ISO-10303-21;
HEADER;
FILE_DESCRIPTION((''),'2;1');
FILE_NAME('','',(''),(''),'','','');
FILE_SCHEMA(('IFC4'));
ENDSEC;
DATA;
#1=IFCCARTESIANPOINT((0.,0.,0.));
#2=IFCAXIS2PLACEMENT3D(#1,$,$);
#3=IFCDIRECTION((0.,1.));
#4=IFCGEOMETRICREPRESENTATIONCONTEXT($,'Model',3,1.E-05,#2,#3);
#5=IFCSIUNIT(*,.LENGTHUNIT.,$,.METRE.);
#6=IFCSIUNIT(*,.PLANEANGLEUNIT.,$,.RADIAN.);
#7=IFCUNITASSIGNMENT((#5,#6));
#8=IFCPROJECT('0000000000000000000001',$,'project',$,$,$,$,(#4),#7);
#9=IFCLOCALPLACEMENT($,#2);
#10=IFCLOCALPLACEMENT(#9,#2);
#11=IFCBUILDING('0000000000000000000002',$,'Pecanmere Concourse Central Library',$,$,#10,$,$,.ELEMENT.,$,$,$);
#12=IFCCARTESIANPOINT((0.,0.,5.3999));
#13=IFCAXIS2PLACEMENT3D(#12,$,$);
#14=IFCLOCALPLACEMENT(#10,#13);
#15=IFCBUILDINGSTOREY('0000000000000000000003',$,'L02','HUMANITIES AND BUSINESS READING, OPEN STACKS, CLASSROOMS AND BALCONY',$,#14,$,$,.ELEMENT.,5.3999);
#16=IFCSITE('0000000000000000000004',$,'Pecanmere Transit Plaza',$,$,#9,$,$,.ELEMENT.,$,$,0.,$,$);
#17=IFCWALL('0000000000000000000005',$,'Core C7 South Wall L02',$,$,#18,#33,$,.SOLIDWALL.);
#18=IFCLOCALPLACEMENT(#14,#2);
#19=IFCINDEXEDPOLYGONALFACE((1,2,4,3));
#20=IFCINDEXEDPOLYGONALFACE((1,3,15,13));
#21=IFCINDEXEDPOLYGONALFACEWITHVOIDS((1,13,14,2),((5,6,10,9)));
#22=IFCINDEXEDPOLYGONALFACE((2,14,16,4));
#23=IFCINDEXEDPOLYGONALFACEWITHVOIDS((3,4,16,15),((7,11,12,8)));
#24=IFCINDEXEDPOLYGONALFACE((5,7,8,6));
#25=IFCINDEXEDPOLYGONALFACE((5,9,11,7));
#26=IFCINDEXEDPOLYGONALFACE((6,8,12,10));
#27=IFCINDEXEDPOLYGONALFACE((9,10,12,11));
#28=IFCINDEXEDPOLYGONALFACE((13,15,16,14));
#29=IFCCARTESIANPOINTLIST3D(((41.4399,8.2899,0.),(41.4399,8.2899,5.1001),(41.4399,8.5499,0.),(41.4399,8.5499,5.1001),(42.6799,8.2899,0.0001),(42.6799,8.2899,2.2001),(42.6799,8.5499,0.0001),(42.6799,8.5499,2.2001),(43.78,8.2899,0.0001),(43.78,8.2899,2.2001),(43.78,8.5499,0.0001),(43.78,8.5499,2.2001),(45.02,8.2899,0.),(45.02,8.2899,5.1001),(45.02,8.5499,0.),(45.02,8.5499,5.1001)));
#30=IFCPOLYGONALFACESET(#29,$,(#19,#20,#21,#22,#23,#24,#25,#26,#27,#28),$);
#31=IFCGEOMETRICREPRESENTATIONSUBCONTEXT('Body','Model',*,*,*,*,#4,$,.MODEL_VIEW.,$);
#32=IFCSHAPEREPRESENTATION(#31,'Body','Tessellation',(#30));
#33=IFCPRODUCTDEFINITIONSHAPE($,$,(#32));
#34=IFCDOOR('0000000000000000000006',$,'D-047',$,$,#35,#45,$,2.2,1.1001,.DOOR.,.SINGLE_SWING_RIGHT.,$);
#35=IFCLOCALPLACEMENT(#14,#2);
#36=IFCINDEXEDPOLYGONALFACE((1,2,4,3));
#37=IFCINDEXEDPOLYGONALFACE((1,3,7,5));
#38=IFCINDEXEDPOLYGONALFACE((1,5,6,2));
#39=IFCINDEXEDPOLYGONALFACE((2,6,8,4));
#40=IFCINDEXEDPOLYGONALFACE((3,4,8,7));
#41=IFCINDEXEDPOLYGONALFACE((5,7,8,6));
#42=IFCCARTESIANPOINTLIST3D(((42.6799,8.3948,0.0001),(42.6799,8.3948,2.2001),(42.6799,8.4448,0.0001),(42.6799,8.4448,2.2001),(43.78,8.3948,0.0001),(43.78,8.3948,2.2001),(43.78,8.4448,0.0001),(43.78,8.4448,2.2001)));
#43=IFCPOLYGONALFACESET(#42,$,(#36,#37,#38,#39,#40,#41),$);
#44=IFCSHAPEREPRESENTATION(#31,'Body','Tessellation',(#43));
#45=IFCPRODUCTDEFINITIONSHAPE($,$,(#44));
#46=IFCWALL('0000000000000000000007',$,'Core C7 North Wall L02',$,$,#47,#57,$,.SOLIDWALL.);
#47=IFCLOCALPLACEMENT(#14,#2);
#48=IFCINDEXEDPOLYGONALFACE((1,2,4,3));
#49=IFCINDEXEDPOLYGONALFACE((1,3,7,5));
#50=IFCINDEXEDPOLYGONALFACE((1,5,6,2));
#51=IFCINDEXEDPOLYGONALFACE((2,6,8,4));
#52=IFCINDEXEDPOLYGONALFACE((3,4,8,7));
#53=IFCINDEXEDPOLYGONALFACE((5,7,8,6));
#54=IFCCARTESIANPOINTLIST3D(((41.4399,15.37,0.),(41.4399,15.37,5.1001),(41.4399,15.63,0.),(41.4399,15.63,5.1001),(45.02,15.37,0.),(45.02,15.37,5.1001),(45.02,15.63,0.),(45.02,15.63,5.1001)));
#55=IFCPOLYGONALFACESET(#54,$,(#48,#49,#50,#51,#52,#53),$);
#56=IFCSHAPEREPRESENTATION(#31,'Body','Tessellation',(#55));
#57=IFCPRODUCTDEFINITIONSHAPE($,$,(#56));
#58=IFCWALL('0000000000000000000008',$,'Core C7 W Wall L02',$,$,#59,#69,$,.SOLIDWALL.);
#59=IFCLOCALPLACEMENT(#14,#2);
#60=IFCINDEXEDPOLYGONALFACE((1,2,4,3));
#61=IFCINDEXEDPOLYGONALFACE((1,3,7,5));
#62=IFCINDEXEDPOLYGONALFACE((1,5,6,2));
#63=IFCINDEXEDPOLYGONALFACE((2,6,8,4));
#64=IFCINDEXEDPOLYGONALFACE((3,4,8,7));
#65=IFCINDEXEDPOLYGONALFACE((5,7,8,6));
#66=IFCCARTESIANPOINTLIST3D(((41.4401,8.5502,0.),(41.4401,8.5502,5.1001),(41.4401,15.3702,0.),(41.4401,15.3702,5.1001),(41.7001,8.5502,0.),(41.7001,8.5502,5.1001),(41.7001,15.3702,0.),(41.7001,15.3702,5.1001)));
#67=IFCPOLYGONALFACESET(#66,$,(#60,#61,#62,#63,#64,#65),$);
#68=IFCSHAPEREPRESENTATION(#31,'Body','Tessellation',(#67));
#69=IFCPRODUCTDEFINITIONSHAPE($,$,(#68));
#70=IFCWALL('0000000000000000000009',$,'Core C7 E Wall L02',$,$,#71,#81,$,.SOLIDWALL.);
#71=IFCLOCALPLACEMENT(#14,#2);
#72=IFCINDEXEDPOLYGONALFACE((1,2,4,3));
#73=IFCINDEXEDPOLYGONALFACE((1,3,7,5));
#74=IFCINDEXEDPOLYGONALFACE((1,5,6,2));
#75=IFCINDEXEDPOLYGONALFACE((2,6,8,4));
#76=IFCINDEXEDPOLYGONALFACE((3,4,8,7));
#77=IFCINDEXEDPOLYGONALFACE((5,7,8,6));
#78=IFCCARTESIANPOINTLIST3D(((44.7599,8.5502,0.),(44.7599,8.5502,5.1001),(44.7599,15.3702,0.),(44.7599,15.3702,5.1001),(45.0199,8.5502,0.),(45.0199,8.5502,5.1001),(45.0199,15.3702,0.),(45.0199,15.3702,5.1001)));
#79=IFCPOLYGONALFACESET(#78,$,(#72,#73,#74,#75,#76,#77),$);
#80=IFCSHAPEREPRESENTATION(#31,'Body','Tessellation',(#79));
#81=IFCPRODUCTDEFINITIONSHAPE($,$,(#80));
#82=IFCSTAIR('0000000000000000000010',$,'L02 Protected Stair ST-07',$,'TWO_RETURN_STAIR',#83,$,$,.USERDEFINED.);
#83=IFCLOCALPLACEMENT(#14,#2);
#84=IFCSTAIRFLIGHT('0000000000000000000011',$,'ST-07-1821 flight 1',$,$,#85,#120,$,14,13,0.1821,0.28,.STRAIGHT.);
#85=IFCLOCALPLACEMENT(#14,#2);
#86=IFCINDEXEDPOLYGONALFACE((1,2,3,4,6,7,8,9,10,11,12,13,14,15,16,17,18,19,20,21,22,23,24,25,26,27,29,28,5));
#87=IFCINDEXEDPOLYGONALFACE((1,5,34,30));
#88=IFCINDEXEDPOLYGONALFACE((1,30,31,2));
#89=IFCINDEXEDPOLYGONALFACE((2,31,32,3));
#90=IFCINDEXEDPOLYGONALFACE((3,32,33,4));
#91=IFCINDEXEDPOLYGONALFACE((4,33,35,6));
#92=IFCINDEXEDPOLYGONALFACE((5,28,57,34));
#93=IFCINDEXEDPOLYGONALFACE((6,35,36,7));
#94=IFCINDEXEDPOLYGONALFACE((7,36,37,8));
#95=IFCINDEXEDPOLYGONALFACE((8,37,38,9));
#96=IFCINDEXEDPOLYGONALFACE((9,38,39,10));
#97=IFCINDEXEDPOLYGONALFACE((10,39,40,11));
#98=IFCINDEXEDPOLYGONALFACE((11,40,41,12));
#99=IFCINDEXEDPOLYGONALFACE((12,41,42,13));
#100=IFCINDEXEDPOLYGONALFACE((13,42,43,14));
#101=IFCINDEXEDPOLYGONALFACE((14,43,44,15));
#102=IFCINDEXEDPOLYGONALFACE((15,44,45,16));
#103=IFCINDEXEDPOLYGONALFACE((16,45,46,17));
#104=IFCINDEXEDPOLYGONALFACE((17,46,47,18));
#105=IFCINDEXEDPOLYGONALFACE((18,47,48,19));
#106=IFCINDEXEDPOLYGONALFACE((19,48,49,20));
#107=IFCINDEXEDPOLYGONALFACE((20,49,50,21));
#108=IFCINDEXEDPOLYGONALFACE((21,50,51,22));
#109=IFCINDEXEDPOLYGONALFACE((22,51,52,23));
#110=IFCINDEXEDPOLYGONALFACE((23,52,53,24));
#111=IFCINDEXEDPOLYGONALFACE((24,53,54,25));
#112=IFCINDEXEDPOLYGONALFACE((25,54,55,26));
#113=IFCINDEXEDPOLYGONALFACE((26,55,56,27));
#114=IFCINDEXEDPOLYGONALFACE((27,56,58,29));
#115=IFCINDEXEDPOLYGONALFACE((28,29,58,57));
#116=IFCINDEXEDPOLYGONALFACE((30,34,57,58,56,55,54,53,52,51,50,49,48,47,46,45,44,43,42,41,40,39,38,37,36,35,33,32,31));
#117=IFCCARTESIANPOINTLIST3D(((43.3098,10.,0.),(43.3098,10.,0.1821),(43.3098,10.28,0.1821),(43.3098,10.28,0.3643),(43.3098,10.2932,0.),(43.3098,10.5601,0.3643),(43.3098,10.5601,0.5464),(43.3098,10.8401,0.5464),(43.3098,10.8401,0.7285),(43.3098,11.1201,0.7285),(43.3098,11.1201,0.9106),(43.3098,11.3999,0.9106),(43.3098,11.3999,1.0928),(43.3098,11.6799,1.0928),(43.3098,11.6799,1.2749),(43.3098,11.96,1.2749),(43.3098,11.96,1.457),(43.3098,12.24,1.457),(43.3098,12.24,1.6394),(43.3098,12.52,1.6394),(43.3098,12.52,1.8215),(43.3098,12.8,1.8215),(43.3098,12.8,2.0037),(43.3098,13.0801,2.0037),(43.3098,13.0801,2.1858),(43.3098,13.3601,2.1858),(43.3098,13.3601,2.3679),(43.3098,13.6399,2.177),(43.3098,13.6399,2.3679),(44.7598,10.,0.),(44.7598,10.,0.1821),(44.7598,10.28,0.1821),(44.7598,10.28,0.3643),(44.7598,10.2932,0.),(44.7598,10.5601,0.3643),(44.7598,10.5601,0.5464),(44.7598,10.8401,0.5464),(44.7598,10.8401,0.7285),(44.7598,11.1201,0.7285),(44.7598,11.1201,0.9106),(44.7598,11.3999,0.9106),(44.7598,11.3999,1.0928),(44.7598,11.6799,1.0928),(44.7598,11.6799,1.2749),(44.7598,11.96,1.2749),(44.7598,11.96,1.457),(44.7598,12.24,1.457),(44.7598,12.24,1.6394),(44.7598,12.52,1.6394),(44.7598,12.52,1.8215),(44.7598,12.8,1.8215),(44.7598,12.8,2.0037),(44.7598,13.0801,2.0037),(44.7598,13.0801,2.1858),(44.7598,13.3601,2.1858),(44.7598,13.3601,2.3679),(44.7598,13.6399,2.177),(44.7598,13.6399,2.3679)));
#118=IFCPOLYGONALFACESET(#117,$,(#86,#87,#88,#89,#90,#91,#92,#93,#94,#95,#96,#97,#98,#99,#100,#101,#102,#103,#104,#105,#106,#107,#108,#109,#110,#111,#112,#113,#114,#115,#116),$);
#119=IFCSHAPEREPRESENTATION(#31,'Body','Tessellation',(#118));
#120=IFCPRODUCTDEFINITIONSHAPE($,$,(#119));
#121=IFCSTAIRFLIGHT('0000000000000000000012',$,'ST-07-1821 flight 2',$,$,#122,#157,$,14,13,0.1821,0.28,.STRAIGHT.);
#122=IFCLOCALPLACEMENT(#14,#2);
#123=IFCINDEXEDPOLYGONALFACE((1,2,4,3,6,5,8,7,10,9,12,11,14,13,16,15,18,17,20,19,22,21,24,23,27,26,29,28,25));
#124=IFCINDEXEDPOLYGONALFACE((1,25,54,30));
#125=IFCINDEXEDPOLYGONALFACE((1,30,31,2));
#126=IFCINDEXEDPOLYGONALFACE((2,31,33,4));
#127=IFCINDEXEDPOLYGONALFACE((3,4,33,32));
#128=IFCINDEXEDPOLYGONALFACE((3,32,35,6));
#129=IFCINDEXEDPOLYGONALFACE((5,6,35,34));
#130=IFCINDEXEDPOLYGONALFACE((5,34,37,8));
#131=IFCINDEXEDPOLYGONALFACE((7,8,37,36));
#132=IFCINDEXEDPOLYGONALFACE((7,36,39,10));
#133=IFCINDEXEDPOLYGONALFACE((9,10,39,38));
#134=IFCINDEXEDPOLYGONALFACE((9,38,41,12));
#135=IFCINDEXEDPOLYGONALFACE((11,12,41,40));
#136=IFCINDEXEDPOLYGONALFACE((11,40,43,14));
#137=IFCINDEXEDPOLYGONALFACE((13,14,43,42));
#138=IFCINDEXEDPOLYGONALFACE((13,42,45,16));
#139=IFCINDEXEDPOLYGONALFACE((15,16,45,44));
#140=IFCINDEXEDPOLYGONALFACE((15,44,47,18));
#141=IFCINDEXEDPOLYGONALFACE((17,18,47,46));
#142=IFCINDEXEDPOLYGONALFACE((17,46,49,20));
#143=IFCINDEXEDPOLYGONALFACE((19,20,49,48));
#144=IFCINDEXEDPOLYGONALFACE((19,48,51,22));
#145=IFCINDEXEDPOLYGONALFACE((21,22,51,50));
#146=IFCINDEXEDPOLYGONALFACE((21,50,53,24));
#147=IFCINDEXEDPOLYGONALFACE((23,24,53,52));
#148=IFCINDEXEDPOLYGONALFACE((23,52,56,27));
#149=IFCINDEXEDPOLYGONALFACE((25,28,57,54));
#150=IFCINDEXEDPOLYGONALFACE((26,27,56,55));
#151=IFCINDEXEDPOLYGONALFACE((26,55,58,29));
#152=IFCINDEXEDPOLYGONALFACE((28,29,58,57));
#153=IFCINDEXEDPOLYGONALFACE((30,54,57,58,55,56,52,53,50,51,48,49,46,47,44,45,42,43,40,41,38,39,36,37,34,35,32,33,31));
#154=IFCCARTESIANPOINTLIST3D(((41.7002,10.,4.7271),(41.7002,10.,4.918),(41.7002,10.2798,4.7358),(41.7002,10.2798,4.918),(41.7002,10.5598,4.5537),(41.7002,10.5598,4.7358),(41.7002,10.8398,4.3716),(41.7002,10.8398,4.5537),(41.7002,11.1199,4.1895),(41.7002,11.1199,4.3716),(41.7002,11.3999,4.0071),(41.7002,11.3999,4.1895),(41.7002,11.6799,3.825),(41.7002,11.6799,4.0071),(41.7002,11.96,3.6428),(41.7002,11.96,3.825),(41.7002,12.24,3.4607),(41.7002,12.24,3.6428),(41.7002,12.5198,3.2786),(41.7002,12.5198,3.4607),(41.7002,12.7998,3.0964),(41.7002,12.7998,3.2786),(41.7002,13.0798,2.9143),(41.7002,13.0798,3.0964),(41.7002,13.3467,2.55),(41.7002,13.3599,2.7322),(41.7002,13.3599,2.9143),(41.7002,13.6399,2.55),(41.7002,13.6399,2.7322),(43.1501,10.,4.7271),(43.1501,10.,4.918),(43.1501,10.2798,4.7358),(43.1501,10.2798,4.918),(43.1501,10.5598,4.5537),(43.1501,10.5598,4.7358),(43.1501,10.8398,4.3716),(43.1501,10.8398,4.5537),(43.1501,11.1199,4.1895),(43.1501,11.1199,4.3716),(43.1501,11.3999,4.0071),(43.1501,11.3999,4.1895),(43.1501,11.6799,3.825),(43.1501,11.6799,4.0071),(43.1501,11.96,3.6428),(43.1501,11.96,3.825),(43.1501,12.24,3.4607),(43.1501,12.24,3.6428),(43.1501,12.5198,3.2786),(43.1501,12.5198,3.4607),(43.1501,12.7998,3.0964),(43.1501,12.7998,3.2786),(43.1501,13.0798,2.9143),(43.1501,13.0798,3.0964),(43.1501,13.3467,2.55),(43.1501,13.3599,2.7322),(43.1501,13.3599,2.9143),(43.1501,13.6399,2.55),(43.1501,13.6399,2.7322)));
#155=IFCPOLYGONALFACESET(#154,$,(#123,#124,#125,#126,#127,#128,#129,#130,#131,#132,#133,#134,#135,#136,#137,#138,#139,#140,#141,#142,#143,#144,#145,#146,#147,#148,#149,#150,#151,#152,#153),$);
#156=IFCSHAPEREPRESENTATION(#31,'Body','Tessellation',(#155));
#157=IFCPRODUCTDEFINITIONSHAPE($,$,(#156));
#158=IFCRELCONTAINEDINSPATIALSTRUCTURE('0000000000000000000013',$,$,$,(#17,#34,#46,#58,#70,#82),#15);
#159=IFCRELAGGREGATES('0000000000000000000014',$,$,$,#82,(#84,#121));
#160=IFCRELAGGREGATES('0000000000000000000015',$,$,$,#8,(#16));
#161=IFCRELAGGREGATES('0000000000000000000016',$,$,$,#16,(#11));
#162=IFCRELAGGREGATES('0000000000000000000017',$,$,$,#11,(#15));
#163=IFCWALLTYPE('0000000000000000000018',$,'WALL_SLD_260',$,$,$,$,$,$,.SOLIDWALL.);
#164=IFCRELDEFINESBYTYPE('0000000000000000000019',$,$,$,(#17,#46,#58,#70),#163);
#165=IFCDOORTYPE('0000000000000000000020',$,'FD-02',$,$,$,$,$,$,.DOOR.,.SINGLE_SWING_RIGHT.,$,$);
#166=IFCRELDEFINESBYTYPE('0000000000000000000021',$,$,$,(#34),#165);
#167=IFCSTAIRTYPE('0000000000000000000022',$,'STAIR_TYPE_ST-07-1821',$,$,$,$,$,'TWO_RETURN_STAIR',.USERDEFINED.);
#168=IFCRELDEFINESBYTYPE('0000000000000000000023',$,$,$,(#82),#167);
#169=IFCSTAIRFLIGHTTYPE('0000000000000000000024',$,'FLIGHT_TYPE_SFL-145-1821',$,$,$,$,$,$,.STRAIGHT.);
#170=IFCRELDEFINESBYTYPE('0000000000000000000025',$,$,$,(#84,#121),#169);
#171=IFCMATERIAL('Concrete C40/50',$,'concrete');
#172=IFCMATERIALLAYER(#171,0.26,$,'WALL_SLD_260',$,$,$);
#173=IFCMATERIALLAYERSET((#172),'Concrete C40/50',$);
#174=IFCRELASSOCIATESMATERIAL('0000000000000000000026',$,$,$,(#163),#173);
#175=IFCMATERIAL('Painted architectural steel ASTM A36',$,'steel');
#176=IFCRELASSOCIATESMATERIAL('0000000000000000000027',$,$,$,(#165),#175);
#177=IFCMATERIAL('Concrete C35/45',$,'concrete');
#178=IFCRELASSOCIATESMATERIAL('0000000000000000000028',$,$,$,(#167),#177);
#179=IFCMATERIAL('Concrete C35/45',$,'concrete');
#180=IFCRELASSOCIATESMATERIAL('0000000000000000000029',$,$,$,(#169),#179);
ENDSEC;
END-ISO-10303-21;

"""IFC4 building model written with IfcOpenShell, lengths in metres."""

from ifc_helpers import new_model, si_unit, direction, frame, frame_2d, origin, place, context, subcontext, project, spatial, polyline, rectangle, outline, extrude, material, layer, layer_set, type_object, element, fill, aggregate, save


model = new_model("IFC4")

# Units and contexts
model_context = context("Model", 3, precision=1e-05, world=origin(), true_north=direction((0.0, 1.0)))
body_context = subcontext(model_context, "Body", "Model", "MODEL_VIEW")
ifc_project = project(units=[si_unit("LENGTHUNIT", "METRE"), si_unit("PLANEANGLEUNIT", "RADIAN")], contexts=[model_context])

# Site, building, storey
site_placement = place(None, origin())
site = spatial("IfcSite", under=ifc_project, at=site_placement, Name="Pecanmere Transit Plaza", CompositionType="ELEMENT", RefElevation=0.0)
building_placement = place(site_placement, origin())
building = spatial("IfcBuilding", under=site, at=building_placement, Name="Pecanmere Concourse Central Library", CompositionType="ELEMENT")
storey_placement = place(building_placement, frame((0.0, 0.0, 5.3999)))
storey = spatial("IfcBuildingStorey", under=building, at=storey_placement, Name="L02", Description="HUMANITIES AND BUSINESS READING, OPEN STACKS, CLASSROOMS AND BALCONY", CompositionType="ELEMENT", Elevation=5.3999)

# Wall, opening, door
ifc_material_1 = material(Name="Concrete C40/50", Category="concrete")
ifc_layer_1 = layer(ifc_material_1, 0.26, Name="WALL_SLD_260")
ifc_layer_set_1 = layer_set([ifc_layer_1], Name="Concrete C40/50")
wall_type_1 = type_object("IfcWallType", Name="WALL_SLD_260", PredefinedType="SOLIDWALL", material=ifc_layer_set_1)
wall_1_placement = place(storey_placement, frame((41.4399, 8.4199, 0.0), z_axis=(0.0, 0.0, 1.0), x_axis=(1.0, 0.0, 0.0)))
wall_1 = element("IfcWall", 1, at=wall_1_placement, inside=storey, type_object=wall_type_1, Name="Core C7 South Wall L02", PredefinedType="SOLIDWALL", context=body_context, shape_type="SweptSolid", body=[
    extrude(rectangle(XDim=3.5801, YDim=0.26, at=frame_2d((1.79, 0.0))), origin(), (0.0, 0.0, 1.0), 5.1001),
])
opening_1_placement = place(wall_1_placement, frame((1.24, 0.0, 0.0)))
opening_1 = element("IfcOpeningElement", 2, at=opening_1_placement, cuts=wall_1, PredefinedType="OPENING", context=body_context, shape_type="SweptSolid", body=[
    extrude(rectangle(XDim=1.1001, YDim=2.2, at=frame_2d((0.55, 1.1001))), frame((0.0, 0.1421, 0.0), z_axis=(0.0, -1.0, 0.0), x_axis=(1.0, 0.0, 0.0)), (0.0, 0.0, 1.0), 0.2839),
])
ifc_material_2 = material(Name="Painted architectural steel ASTM A36", Category="steel")
door_type = type_object("IfcDoorType", Name="FD-02", OperationType="SINGLE_SWING_RIGHT", PredefinedType="DOOR", material=ifc_material_2)
door_placement = place(opening_1_placement, origin())
door = element("IfcDoor", 3, at=door_placement, inside=storey, type_object=door_type, Name="D-047", OperationType="SINGLE_SWING_RIGHT", OverallHeight=2.2, OverallWidth=1.1001, PredefinedType="DOOR", context=body_context, shape_type="SweptSolid", body=[
    extrude(rectangle(XDim=1.1001, YDim=2.2, at=frame_2d((0.55, 1.1001))), frame((0.0, 0.0249, 0.0), z_axis=(0.0, -1.0, 0.0), x_axis=(1.0, 0.0, 0.0)), (0.0, 0.0, 1.0), 0.05),
])
fill(opening_1, door)

# Walls
wall_2_placement = place(storey_placement, frame((41.4399, 15.5, 0.0), z_axis=(0.0, 0.0, 1.0), x_axis=(1.0, 0.0, 0.0)))
element("IfcWall", 4, at=wall_2_placement, inside=storey, type_object=wall_type_1, Name="Core C7 North Wall L02", PredefinedType="SOLIDWALL", context=body_context, shape_type="SweptSolid", body=[
    extrude(rectangle(XDim=3.5801, YDim=0.26, at=frame_2d((1.79, 0.0))), origin(), (0.0, 0.0, 1.0), 5.1001),
])
for number, where, z_axis, x_axis, name in (
    (5, (41.5701, 8.55, 0.0), (0.0, 0.0, 1.0), (0.0, 1.0, 0.0), "Core C7 W Wall L02"),
    (6, (44.8899, 8.55, 0.0), (0.0, 0.0, 1.0), (0.0, 1.0, 0.0), "Core C7 E Wall L02"),
):
    element("IfcWall", number, at=place(storey_placement, frame(where, z_axis=z_axis, x_axis=x_axis)), inside=storey, type_object=wall_type_1, Name=name, PredefinedType="SOLIDWALL", context=body_context, shape_type="SweptSolid", body=[
        extrude(rectangle(XDim=6.8201, YDim=0.26, at=frame_2d((3.4102, 0.0))), origin(), (0.0, 0.0, 1.0), 5.1001),
    ])

# Stair, stair flights
ifc_material_3 = material(Name="Concrete C35/45", Category="concrete")
stair_type = type_object("IfcStairType", Name="STAIR_TYPE_ST-07-1821", ElementType="TWO_RETURN_STAIR", PredefinedType="USERDEFINED", material=ifc_material_3)
stair_placement = place(storey_placement, origin())
stair = element("IfcStair", 7, at=stair_placement, inside=storey, type_object=stair_type, Name="L02 Protected Stair ST-07", ObjectType="TWO_RETURN_STAIR", PredefinedType="USERDEFINED")
ifc_material_4 = material(Name="Concrete C35/45", Category="concrete")
stair_flight_type = type_object("IfcStairFlightType", Name="FLIGHT_TYPE_SFL-145-1821", PredefinedType="STRAIGHT", material=ifc_material_4)
stair_flight_1_placement = place(storey_placement, frame((44.0349, 10.0, 0.0), z_axis=(0.0, 0.0, 1.0), x_axis=(0.0, 1.0, 0.0)))
stair_flight_1 = element("IfcStairFlight", 8, at=stair_flight_1_placement, type_object=stair_flight_type, Name="ST-07-1821 flight 1", NumberOfRisers=14, NumberOfTreads=13, PredefinedType="STRAIGHT", RiserHeight=0.1821, TreadLength=0.28, context=body_context, shape_type="SweptSolid", body=[
    extrude(outline(polyline([(0.0, 0.0), (0.0, 0.1821), (0.28, 0.1821), (0.28, 0.3643), (0.5601, 0.3643), (0.5601, 0.5464), (0.8401, 0.5464), (0.8401, 0.7285), (1.1201, 0.7285), (1.1201, 0.9106), (1.3999, 0.9106), (1.3999, 1.0928), (1.6799, 1.0928), (1.6799, 1.2749), (1.96, 1.2749), (1.96, 1.457), (2.24, 1.457), (2.24, 1.6394), (2.52, 1.6394), (2.52, 1.8215), (2.8, 1.8215), (2.8, 2.0037), (3.0801, 2.0037), (3.0801, 2.1858), (3.3601, 2.1858), (3.3601, 2.3679), (3.6399, 2.3679), (3.6399, 2.55), (3.6399, 2.177), (0.2932, 0.0), (0.0, 0.0)])), frame((0.0, 0.7251, 0.0), z_axis=(0.0, -1.0, 0.0), x_axis=(1.0, 0.0, 0.0)), (0.0, 0.0, 1.0), 1.45),
])
stair_flight_2_placement = place(storey_placement, frame((42.425, 13.6399, 2.55), z_axis=(0.0, 0.0, 1.0), x_axis=(0.0, -1.0, 0.0)))
stair_flight_2 = element("IfcStairFlight", 9, at=stair_flight_2_placement, type_object=stair_flight_type, Name="ST-07-1821 flight 2", NumberOfRisers=14, NumberOfTreads=13, PredefinedType="STRAIGHT", RiserHeight=0.1821, TreadLength=0.28, context=body_context, shape_type="SweptSolid", body=[
    extrude(outline(polyline([(0.0, 0.0), (0.0, 0.1821), (0.28, 0.1821), (0.28, 0.3643), (0.5601, 0.3643), (0.5601, 0.5464), (0.8401, 0.5464), (0.8401, 0.7285), (1.1201, 0.7285), (1.1201, 0.9106), (1.3999, 0.9106), (1.3999, 1.0928), (1.6799, 1.0928), (1.6799, 1.2749), (1.96, 1.2749), (1.96, 1.457), (2.24, 1.457), (2.24, 1.6394), (2.52, 1.6394), (2.52, 1.8215), (2.8, 1.8215), (2.8, 2.0037), (3.0801, 2.0037), (3.0801, 2.1858), (3.3601, 2.1858), (3.3601, 2.3679), (3.6399, 2.3679), (3.6399, 2.55), (3.6399, 2.177), (0.2932, 0.0), (0.0, 0.0)])), frame((0.0, 0.7251, 0.0), z_axis=(0.0, -1.0, 0.0), x_axis=(1.0, 0.0, 0.0)), (0.0, 0.0, 1.0), 1.45),
])
aggregate(stair, [stair_flight_1, stair_flight_2])

save(model, "model.ifc")
